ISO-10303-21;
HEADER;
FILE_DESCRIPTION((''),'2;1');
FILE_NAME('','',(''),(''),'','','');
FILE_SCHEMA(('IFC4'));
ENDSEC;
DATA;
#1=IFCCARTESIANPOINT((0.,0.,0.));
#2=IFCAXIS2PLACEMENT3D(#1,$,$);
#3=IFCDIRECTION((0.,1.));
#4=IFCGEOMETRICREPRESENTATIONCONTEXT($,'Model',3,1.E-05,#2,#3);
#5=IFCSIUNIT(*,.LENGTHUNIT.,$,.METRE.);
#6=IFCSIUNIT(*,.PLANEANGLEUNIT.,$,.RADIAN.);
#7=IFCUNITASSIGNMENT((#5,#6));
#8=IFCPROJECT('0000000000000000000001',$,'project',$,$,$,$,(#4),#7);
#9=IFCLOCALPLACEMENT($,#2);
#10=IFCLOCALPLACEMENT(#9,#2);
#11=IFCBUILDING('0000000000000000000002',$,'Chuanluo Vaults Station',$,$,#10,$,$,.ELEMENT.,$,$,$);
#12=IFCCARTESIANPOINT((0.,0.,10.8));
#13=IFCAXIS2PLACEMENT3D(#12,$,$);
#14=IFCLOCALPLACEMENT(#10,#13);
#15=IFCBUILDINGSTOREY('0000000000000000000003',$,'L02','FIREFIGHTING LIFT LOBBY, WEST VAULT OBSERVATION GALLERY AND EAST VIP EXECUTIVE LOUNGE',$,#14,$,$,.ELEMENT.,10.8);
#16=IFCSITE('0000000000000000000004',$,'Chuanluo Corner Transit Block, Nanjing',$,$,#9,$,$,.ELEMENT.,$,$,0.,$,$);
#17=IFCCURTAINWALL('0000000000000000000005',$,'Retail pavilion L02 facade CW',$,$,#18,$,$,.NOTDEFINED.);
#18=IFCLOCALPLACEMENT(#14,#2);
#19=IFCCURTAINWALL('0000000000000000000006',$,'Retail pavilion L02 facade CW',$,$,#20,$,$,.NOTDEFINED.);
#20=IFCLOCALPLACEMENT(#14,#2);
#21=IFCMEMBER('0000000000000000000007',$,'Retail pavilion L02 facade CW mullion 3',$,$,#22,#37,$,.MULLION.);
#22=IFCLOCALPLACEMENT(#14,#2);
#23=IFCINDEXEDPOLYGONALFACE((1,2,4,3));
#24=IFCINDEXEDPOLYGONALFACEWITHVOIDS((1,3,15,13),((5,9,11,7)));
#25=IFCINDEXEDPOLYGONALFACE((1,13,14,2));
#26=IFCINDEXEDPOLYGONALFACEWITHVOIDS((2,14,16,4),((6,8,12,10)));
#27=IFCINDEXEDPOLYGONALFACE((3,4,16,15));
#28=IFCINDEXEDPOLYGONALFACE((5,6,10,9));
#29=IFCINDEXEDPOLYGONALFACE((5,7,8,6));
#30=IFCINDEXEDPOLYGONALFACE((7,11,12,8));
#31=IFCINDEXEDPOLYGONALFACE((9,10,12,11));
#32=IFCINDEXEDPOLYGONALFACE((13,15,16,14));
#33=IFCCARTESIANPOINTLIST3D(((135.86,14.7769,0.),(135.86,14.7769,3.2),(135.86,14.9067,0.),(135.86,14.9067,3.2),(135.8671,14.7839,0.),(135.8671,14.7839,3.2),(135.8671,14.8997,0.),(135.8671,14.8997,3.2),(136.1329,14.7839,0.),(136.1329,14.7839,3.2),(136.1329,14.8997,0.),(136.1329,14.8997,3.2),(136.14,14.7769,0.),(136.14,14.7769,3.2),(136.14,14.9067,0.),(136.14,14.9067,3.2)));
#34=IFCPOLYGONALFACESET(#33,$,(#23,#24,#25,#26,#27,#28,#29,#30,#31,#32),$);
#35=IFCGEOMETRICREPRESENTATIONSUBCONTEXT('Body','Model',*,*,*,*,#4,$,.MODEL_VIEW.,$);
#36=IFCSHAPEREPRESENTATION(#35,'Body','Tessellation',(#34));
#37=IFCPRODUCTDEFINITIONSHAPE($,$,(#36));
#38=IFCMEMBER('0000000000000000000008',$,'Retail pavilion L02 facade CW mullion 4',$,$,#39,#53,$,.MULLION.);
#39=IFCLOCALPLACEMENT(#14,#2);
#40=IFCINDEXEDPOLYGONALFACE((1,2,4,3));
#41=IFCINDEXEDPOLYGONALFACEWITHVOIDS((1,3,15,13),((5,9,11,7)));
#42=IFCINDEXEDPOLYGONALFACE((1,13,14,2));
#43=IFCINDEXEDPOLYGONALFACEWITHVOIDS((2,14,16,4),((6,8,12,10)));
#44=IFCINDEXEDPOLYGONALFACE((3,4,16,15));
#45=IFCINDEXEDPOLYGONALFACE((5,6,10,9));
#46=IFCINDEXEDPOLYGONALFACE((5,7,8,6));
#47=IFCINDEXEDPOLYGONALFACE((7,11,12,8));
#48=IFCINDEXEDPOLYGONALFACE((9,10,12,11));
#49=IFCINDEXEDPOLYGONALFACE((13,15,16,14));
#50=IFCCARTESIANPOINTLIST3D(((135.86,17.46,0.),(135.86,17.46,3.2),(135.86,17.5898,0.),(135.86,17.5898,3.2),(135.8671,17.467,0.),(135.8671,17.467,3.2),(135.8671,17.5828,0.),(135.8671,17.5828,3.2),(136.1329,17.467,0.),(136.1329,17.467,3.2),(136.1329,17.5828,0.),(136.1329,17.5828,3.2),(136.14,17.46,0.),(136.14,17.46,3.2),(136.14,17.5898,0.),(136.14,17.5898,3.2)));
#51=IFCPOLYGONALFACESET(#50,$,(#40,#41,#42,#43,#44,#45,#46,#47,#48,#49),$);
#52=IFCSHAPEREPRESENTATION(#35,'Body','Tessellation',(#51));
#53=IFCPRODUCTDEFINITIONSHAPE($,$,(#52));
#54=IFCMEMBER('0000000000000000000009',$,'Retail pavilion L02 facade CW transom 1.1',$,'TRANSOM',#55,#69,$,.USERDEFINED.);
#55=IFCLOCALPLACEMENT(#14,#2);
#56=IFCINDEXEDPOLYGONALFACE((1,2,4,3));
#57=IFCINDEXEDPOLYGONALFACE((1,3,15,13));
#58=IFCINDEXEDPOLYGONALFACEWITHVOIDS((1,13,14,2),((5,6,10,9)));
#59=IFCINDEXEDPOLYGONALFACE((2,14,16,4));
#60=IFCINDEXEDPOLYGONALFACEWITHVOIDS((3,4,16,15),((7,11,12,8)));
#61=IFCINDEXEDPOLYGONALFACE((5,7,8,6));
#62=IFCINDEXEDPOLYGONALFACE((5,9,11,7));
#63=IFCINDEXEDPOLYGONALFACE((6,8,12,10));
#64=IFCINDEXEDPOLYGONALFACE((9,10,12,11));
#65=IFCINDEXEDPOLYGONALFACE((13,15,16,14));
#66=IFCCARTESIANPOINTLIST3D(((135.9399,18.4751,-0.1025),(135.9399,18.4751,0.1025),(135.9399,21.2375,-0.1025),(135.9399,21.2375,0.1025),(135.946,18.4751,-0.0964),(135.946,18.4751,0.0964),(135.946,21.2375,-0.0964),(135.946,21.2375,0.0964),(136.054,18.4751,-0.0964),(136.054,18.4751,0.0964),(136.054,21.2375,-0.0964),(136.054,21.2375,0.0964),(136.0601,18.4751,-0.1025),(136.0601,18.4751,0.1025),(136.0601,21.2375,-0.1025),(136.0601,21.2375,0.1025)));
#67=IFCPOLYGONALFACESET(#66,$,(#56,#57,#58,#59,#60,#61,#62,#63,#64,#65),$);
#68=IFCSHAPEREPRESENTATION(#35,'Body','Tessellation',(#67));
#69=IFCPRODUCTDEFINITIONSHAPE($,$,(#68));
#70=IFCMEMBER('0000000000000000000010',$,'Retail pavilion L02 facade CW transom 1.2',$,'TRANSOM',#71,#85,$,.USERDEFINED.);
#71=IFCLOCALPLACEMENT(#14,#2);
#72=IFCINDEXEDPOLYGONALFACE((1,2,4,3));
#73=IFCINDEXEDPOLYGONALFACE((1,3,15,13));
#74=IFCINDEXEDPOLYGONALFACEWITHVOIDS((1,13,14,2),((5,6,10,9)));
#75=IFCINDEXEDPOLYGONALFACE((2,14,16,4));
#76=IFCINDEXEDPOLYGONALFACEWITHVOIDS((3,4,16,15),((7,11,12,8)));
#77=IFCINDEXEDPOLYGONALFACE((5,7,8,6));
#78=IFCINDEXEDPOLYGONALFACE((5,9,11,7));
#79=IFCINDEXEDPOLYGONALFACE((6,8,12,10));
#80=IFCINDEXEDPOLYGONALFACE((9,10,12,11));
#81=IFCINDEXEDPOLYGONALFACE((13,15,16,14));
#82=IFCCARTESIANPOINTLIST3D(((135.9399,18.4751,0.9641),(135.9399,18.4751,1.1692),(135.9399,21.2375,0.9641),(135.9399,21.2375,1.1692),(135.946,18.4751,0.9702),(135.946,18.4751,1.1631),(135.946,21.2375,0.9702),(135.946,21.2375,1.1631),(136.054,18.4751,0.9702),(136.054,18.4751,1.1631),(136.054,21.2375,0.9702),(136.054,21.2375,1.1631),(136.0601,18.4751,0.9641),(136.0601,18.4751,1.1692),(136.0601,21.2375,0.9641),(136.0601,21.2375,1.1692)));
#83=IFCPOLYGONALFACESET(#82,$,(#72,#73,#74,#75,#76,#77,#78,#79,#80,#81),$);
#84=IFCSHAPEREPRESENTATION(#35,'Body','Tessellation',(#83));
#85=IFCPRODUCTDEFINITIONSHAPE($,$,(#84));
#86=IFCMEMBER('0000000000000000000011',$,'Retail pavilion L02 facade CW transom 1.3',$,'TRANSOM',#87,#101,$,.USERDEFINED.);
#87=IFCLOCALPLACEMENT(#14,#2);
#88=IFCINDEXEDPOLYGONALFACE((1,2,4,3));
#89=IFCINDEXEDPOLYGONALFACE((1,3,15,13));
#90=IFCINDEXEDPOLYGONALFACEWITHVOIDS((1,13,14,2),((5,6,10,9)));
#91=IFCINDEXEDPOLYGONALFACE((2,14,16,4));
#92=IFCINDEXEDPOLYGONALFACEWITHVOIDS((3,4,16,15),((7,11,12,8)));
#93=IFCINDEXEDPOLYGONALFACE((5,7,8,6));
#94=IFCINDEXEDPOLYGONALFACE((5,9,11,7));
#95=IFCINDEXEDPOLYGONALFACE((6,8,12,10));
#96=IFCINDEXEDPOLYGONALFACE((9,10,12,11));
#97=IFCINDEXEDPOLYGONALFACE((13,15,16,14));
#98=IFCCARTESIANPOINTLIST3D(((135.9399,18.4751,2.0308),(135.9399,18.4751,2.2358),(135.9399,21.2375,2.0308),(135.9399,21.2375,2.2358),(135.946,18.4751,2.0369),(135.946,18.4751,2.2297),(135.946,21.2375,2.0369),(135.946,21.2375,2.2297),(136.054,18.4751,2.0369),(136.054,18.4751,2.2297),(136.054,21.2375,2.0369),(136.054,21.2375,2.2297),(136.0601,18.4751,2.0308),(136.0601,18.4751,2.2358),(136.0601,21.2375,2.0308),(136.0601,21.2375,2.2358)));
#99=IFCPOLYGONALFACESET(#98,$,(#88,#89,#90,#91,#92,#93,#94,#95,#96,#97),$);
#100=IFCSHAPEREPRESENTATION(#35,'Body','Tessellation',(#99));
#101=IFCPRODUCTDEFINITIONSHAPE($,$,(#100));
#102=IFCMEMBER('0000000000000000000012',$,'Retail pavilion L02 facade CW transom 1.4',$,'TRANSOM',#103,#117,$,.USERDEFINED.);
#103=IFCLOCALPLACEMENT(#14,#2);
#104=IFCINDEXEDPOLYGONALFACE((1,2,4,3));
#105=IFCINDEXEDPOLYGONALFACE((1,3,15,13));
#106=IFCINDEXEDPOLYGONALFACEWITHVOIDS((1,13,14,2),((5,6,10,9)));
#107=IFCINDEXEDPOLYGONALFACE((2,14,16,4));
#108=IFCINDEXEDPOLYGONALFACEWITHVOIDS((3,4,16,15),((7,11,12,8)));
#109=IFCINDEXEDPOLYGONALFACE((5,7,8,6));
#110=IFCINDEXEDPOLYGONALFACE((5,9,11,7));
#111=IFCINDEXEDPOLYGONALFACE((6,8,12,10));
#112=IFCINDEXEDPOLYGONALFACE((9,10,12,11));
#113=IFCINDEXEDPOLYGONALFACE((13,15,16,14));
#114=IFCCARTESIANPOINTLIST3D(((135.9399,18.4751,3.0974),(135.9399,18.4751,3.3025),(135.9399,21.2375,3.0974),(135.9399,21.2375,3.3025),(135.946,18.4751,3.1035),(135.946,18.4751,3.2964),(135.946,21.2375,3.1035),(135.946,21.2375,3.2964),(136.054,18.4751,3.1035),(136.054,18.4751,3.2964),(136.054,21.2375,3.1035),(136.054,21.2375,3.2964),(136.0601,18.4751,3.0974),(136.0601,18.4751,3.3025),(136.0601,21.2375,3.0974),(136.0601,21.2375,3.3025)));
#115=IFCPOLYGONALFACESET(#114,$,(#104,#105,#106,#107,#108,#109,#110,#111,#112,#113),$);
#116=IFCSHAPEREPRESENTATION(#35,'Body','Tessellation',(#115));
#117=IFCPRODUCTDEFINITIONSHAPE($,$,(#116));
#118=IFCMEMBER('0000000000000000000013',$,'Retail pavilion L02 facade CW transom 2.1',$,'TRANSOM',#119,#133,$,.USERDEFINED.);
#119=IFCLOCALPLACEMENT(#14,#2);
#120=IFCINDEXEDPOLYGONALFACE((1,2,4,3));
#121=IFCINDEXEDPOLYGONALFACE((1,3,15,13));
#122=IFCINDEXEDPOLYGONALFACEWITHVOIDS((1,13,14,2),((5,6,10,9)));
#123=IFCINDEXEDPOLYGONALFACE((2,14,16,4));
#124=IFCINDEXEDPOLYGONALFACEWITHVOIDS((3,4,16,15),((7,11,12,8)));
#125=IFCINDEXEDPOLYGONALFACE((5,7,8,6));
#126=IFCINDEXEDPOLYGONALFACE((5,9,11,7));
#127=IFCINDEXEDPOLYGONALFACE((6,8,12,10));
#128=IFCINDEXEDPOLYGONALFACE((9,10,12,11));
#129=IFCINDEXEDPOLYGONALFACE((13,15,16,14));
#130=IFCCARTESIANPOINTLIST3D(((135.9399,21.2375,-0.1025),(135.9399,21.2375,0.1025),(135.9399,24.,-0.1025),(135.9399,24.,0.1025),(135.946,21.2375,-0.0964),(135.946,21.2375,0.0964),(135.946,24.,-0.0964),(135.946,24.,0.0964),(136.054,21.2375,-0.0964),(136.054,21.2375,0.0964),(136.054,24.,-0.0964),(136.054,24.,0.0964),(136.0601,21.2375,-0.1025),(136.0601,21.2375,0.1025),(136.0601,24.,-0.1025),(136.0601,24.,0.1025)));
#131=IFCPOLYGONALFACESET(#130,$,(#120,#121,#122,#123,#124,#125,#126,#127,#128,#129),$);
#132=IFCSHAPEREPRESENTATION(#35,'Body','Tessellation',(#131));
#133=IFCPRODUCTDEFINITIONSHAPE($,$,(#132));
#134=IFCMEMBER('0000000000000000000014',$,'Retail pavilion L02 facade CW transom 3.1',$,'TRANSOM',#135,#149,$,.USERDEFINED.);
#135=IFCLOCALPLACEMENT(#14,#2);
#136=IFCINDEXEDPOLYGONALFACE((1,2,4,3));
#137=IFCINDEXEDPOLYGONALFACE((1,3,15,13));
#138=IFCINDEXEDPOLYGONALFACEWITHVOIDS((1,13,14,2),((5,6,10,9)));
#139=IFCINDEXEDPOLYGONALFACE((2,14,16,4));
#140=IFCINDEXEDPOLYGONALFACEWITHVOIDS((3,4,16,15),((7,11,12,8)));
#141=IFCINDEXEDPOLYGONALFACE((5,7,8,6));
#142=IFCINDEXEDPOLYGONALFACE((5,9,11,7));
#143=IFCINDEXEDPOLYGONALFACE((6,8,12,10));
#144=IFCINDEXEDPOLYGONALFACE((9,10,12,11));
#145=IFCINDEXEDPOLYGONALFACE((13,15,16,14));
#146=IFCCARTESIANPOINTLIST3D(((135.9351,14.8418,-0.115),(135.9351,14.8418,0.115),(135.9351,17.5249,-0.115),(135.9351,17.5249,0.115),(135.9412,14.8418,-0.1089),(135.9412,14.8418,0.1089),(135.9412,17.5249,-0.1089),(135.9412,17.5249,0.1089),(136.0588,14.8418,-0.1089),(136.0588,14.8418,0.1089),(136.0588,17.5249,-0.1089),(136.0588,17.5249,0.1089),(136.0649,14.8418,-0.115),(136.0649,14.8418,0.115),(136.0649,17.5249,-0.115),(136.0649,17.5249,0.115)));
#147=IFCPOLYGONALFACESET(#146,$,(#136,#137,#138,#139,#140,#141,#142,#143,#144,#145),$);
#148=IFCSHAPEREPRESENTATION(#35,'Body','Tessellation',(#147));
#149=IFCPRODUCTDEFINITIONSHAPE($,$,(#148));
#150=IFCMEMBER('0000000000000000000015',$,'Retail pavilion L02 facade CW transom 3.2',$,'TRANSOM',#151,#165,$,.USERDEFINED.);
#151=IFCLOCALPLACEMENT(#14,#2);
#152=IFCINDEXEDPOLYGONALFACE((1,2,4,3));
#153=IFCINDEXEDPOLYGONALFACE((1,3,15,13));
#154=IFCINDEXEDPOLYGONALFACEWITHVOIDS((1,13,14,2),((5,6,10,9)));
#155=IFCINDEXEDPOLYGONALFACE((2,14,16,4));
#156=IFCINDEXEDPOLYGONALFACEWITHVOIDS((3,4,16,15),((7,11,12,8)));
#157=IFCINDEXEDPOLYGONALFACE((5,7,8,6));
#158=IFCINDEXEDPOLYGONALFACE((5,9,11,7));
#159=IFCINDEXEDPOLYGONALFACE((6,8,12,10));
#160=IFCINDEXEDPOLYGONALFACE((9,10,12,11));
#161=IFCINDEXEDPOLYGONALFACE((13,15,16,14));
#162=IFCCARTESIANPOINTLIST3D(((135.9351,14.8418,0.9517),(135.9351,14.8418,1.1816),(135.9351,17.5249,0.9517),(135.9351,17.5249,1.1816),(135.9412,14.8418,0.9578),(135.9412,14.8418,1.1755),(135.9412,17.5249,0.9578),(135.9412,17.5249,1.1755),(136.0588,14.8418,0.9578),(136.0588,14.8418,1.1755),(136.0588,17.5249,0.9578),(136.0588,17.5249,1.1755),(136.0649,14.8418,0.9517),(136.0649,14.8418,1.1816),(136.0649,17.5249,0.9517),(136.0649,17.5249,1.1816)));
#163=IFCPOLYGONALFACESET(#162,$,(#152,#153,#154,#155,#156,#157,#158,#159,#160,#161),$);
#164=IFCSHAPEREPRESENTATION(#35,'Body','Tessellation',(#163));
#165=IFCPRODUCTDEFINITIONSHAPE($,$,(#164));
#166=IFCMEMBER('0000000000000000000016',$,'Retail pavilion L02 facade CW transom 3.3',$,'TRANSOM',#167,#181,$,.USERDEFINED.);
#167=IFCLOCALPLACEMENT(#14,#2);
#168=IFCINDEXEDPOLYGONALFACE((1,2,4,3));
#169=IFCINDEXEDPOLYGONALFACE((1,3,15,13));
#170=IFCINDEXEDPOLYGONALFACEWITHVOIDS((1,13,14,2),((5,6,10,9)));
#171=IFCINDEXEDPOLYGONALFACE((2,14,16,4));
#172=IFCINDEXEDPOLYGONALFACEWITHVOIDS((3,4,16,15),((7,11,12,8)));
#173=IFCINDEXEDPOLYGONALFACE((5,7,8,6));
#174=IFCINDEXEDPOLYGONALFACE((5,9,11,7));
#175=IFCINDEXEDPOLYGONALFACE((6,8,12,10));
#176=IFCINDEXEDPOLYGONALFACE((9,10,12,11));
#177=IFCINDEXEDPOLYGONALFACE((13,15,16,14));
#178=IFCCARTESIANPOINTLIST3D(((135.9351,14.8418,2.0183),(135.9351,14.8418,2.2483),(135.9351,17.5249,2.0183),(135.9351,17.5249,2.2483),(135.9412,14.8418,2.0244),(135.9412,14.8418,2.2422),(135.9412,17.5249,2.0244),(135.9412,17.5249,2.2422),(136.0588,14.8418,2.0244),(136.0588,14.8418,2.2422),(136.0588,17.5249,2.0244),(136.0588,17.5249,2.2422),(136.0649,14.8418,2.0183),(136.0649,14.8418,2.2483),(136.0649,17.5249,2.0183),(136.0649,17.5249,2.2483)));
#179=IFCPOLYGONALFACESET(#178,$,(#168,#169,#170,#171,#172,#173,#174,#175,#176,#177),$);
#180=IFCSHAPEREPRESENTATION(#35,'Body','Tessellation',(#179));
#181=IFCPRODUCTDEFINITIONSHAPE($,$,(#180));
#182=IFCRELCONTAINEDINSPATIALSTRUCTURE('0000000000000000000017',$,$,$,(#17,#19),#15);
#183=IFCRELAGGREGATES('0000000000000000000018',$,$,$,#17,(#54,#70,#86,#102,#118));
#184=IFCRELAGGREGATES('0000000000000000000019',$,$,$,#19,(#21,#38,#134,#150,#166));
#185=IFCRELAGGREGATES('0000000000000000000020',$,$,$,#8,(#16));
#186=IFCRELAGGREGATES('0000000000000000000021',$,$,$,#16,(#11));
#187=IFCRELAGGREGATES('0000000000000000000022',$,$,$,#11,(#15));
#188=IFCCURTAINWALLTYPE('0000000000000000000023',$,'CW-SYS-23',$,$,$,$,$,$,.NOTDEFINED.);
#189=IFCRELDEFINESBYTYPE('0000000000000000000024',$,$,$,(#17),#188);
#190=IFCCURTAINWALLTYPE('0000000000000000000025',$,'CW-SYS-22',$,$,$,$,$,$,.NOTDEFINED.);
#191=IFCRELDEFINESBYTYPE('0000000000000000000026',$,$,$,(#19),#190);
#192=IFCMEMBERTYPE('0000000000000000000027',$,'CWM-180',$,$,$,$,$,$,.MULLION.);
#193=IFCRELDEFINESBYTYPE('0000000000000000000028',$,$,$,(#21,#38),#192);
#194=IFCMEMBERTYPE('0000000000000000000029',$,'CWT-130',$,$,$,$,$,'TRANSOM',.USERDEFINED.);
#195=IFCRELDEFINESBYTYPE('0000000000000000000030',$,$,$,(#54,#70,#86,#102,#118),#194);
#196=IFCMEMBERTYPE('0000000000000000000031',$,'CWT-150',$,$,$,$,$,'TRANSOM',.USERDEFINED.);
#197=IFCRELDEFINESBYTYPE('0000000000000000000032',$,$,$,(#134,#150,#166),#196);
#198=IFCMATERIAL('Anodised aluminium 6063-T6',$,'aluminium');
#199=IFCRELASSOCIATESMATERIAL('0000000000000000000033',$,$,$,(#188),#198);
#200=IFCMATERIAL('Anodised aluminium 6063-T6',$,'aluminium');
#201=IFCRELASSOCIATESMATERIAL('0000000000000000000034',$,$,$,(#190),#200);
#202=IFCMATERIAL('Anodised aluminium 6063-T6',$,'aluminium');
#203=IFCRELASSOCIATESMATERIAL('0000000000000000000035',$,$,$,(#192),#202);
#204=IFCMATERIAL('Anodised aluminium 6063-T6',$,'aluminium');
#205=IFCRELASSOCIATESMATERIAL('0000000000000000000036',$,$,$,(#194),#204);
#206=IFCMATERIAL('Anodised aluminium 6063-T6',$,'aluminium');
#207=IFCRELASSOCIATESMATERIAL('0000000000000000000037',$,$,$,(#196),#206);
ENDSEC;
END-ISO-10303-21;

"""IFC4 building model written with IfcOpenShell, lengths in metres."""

from ifc_helpers import new_model, si_unit, direction, frame, origin, origin_2d, place, context, subcontext, project, spatial, hollow_rectangle, extrude, material, material_profile, profile_set, type_object, element, aggregate, save


model = new_model("IFC4")

# Units and contexts
model_context = context("Model", 3, precision=1e-05, world=origin(), true_north=direction((0.0, 1.0)))
body_context = subcontext(model_context, "Body", "Model", "MODEL_VIEW")
ifc_project = project(units=[si_unit("LENGTHUNIT", "METRE"), si_unit("PLANEANGLEUNIT", "RADIAN")], contexts=[model_context])

# Site, building, storey
site_placement = place(None, origin())
site = spatial("IfcSite", under=ifc_project, at=site_placement, Name="Chuanluo Corner Transit Block, Nanjing", CompositionType="ELEMENT", RefElevation=0.0)
building_placement = place(site_placement, origin())
building = spatial("IfcBuilding", under=site, at=building_placement, Name="Chuanluo Vaults Station", CompositionType="ELEMENT")
storey_placement = place(building_placement, frame((0.0, 0.0, 10.8)))
storey = spatial("IfcBuildingStorey", under=building, at=storey_placement, Name="L02", Description="FIREFIGHTING LIFT LOBBY, WEST VAULT OBSERVATION GALLERY AND EAST VIP EXECUTIVE LOUNGE", CompositionType="ELEMENT", Elevation=10.8)

# Curtain walls, members
ifc_material_1 = material(Name="Anodised aluminium 6063-T6", Category="aluminium")
curtain_wall_type_1 = type_object("IfcCurtainWallType", Name="CW-SYS-23", PredefinedType="NOTDEFINED", material=ifc_material_1)
curtain_wall_1_placement = place(storey_placement, origin())
curtain_wall_1 = element("IfcCurtainWall", 1, at=curtain_wall_1_placement, inside=storey, type_object=curtain_wall_type_1, Name="Retail pavilion L02 facade CW", PredefinedType="NOTDEFINED")
ifc_material_2 = material(Name="Anodised aluminium 6063-T6", Category="aluminium")
curtain_wall_type_2 = type_object("IfcCurtainWallType", Name="CW-SYS-22", PredefinedType="NOTDEFINED", material=ifc_material_2)
curtain_wall_2_placement = place(storey_placement, origin())
curtain_wall_2 = element("IfcCurtainWall", 2, at=curtain_wall_2_placement, inside=storey, type_object=curtain_wall_type_2, Name="Retail pavilion L02 facade CW", PredefinedType="NOTDEFINED")
ifc_material_3 = material(Name="Anodised aluminium 6063-T6", Category="aluminium")
ifc_material_profile_1 = material_profile(ifc_material_3, hollow_rectangle(XDim=0.1299, YDim=0.28, WallThickness=0.0071, at=origin_2d()))
ifc_profile_set_1 = profile_set([ifc_material_profile_1], Name="Anodised aluminium 6063-T6")
member_type_1 = type_object("IfcMemberType", Name="CWM-180", PredefinedType="MULLION", material=ifc_profile_set_1)
member_1_placement = place(storey_placement, frame((136.0, 14.8418, 0.0), z_axis=(0.0, 0.0, 1.0), x_axis=(0.0, 1.0, 0.0)))
member_1 = element("IfcMember", 3, at=member_1_placement, type_object=member_type_1, Name="Retail pavilion L02 facade CW mullion 3", PredefinedType="MULLION", context=body_context, shape_type="SweptSolid", body=[
    extrude(hollow_rectangle(XDim=0.1299, YDim=0.28, WallThickness=0.0071, at=origin_2d()), origin(), (0.0, 0.0, 1.0), 3.2),
])
member_2_placement = place(storey_placement, frame((136.0, 17.5249, 0.0), z_axis=(0.0, 0.0, 1.0), x_axis=(0.0, 1.0, 0.0)))
member_2 = element("IfcMember", 4, at=member_2_placement, type_object=member_type_1, Name="Retail pavilion L02 facade CW mullion 4", PredefinedType="MULLION", context=body_context, shape_type="SweptSolid", body=[
    extrude(hollow_rectangle(XDim=0.1299, YDim=0.28, WallThickness=0.0071, at=origin_2d()), origin(), (0.0, 0.0, 1.0), 3.2),
])

# Members
ifc_material_4 = material(Name="Anodised aluminium 6063-T6", Category="aluminium")
ifc_material_profile_2 = material_profile(ifc_material_4, hollow_rectangle(XDim=0.1201, YDim=0.2051, WallThickness=0.0061, at=origin_2d()))
ifc_profile_set_2 = profile_set([ifc_material_profile_2], Name="Anodised aluminium 6063-T6")
member_type_2 = type_object("IfcMemberType", Name="CWT-130", ElementType="TRANSOM", PredefinedType="USERDEFINED", material=ifc_profile_set_2)
member_3_placement = place(storey_placement, frame((136.0, 18.4751, 0.0), z_axis=(0.0, 1.0, 0.0), x_axis=(-1.0, 0.0, 0.0)))
member_3 = element("IfcMember", 5, at=member_3_placement, type_object=member_type_2, Name="Retail pavilion L02 facade CW transom 1.1", ObjectType="TRANSOM", PredefinedType="USERDEFINED", context=body_context, shape_type="SweptSolid", body=[
    extrude(hollow_rectangle(XDim=0.1201, YDim=0.2051, WallThickness=0.0061, at=origin_2d()), origin(), (0.0, 0.0, 1.0), 2.7625),
])
member_4_placement = place(storey_placement, frame((136.0, 18.4751, 1.0667), z_axis=(0.0, 1.0, 0.0), x_axis=(-1.0, 0.0, 0.0)))
member_4 = element("IfcMember", 6, at=member_4_placement, type_object=member_type_2, Name="Retail pavilion L02 facade CW transom 1.2", ObjectType="TRANSOM", PredefinedType="USERDEFINED", context=body_context, shape_type="SweptSolid", body=[
    extrude(hollow_rectangle(XDim=0.1201, YDim=0.2051, WallThickness=0.0061, at=origin_2d()), origin(), (0.0, 0.0, 1.0), 2.7625),
])
member_5_placement = place(storey_placement, frame((136.0, 18.4751, 2.1333), z_axis=(0.0, 1.0, 0.0), x_axis=(-1.0, 0.0, 0.0)))
member_5 = element("IfcMember", 7, at=member_5_placement, type_object=member_type_2, Name="Retail pavilion L02 facade CW transom 1.3", ObjectType="TRANSOM", PredefinedType="USERDEFINED", context=body_context, shape_type="SweptSolid", body=[
    extrude(hollow_rectangle(XDim=0.1201, YDim=0.2051, WallThickness=0.0061, at=origin_2d()), origin(), (0.0, 0.0, 1.0), 2.7625),
])
member_6_placement = place(storey_placement, frame((136.0, 18.4751, 3.2), z_axis=(0.0, 1.0, 0.0), x_axis=(-1.0, 0.0, 0.0)))
member_6 = element("IfcMember", 8, at=member_6_placement, type_object=member_type_2, Name="Retail pavilion L02 facade CW transom 1.4", ObjectType="TRANSOM", PredefinedType="USERDEFINED", context=body_context, shape_type="SweptSolid", body=[
    extrude(hollow_rectangle(XDim=0.1201, YDim=0.2051, WallThickness=0.0061, at=origin_2d()), origin(), (0.0, 0.0, 1.0), 2.7625),
])
member_7_placement = place(storey_placement, frame((136.0, 21.2375, 0.0), z_axis=(0.0, 1.0, 0.0), x_axis=(-1.0, 0.0, 0.0)))
member_7 = element("IfcMember", 9, at=member_7_placement, type_object=member_type_2, Name="Retail pavilion L02 facade CW transom 2.1", ObjectType="TRANSOM", PredefinedType="USERDEFINED", context=body_context, shape_type="SweptSolid", body=[
    extrude(hollow_rectangle(XDim=0.1201, YDim=0.2051, WallThickness=0.0061, at=origin_2d()), origin(), (0.0, 0.0, 1.0), 2.7625),
])
ifc_material_5 = material(Name="Anodised aluminium 6063-T6", Category="aluminium")
ifc_material_profile_3 = material_profile(ifc_material_5, hollow_rectangle(XDim=0.1299, YDim=0.23, WallThickness=0.0061, at=origin_2d()))
ifc_profile_set_3 = profile_set([ifc_material_profile_3], Name="Anodised aluminium 6063-T6")
member_type_3 = type_object("IfcMemberType", Name="CWT-150", ElementType="TRANSOM", PredefinedType="USERDEFINED", material=ifc_profile_set_3)
member_8_placement = place(storey_placement, frame((136.0, 14.8418, 0.0), z_axis=(0.0, 1.0, 0.0), x_axis=(-1.0, 0.0, 0.0)))
member_8 = element("IfcMember", 10, at=member_8_placement, type_object=member_type_3, Name="Retail pavilion L02 facade CW transom 3.1", ObjectType="TRANSOM", PredefinedType="USERDEFINED", context=body_context, shape_type="SweptSolid", body=[
    extrude(hollow_rectangle(XDim=0.1299, YDim=0.23, WallThickness=0.0061, at=origin_2d()), origin(), (0.0, 0.0, 1.0), 2.6831),
])
member_9_placement = place(storey_placement, frame((136.0, 14.8418, 1.0667), z_axis=(0.0, 1.0, 0.0), x_axis=(-1.0, 0.0, 0.0)))
member_9 = element("IfcMember", 11, at=member_9_placement, type_object=member_type_3, Name="Retail pavilion L02 facade CW transom 3.2", ObjectType="TRANSOM", PredefinedType="USERDEFINED", context=body_context, shape_type="SweptSolid", body=[
    extrude(hollow_rectangle(XDim=0.1299, YDim=0.23, WallThickness=0.0061, at=origin_2d()), origin(), (0.0, 0.0, 1.0), 2.6831),
])
member_10_placement = place(storey_placement, frame((136.0, 14.8418, 2.1333), z_axis=(0.0, 1.0, 0.0), x_axis=(-1.0, 0.0, 0.0)))
member_10 = element("IfcMember", 12, at=member_10_placement, type_object=member_type_3, Name="Retail pavilion L02 facade CW transom 3.3", ObjectType="TRANSOM", PredefinedType="USERDEFINED", context=body_context, shape_type="SweptSolid", body=[
    extrude(hollow_rectangle(XDim=0.1299, YDim=0.23, WallThickness=0.0061, at=origin_2d()), origin(), (0.0, 0.0, 1.0), 2.6831),
])

aggregate(curtain_wall_1, [member_3, member_4, member_5, member_6, member_7])
aggregate(curtain_wall_2, [member_1, member_2, member_8, member_9, member_10])

save(model, "model.ifc")
